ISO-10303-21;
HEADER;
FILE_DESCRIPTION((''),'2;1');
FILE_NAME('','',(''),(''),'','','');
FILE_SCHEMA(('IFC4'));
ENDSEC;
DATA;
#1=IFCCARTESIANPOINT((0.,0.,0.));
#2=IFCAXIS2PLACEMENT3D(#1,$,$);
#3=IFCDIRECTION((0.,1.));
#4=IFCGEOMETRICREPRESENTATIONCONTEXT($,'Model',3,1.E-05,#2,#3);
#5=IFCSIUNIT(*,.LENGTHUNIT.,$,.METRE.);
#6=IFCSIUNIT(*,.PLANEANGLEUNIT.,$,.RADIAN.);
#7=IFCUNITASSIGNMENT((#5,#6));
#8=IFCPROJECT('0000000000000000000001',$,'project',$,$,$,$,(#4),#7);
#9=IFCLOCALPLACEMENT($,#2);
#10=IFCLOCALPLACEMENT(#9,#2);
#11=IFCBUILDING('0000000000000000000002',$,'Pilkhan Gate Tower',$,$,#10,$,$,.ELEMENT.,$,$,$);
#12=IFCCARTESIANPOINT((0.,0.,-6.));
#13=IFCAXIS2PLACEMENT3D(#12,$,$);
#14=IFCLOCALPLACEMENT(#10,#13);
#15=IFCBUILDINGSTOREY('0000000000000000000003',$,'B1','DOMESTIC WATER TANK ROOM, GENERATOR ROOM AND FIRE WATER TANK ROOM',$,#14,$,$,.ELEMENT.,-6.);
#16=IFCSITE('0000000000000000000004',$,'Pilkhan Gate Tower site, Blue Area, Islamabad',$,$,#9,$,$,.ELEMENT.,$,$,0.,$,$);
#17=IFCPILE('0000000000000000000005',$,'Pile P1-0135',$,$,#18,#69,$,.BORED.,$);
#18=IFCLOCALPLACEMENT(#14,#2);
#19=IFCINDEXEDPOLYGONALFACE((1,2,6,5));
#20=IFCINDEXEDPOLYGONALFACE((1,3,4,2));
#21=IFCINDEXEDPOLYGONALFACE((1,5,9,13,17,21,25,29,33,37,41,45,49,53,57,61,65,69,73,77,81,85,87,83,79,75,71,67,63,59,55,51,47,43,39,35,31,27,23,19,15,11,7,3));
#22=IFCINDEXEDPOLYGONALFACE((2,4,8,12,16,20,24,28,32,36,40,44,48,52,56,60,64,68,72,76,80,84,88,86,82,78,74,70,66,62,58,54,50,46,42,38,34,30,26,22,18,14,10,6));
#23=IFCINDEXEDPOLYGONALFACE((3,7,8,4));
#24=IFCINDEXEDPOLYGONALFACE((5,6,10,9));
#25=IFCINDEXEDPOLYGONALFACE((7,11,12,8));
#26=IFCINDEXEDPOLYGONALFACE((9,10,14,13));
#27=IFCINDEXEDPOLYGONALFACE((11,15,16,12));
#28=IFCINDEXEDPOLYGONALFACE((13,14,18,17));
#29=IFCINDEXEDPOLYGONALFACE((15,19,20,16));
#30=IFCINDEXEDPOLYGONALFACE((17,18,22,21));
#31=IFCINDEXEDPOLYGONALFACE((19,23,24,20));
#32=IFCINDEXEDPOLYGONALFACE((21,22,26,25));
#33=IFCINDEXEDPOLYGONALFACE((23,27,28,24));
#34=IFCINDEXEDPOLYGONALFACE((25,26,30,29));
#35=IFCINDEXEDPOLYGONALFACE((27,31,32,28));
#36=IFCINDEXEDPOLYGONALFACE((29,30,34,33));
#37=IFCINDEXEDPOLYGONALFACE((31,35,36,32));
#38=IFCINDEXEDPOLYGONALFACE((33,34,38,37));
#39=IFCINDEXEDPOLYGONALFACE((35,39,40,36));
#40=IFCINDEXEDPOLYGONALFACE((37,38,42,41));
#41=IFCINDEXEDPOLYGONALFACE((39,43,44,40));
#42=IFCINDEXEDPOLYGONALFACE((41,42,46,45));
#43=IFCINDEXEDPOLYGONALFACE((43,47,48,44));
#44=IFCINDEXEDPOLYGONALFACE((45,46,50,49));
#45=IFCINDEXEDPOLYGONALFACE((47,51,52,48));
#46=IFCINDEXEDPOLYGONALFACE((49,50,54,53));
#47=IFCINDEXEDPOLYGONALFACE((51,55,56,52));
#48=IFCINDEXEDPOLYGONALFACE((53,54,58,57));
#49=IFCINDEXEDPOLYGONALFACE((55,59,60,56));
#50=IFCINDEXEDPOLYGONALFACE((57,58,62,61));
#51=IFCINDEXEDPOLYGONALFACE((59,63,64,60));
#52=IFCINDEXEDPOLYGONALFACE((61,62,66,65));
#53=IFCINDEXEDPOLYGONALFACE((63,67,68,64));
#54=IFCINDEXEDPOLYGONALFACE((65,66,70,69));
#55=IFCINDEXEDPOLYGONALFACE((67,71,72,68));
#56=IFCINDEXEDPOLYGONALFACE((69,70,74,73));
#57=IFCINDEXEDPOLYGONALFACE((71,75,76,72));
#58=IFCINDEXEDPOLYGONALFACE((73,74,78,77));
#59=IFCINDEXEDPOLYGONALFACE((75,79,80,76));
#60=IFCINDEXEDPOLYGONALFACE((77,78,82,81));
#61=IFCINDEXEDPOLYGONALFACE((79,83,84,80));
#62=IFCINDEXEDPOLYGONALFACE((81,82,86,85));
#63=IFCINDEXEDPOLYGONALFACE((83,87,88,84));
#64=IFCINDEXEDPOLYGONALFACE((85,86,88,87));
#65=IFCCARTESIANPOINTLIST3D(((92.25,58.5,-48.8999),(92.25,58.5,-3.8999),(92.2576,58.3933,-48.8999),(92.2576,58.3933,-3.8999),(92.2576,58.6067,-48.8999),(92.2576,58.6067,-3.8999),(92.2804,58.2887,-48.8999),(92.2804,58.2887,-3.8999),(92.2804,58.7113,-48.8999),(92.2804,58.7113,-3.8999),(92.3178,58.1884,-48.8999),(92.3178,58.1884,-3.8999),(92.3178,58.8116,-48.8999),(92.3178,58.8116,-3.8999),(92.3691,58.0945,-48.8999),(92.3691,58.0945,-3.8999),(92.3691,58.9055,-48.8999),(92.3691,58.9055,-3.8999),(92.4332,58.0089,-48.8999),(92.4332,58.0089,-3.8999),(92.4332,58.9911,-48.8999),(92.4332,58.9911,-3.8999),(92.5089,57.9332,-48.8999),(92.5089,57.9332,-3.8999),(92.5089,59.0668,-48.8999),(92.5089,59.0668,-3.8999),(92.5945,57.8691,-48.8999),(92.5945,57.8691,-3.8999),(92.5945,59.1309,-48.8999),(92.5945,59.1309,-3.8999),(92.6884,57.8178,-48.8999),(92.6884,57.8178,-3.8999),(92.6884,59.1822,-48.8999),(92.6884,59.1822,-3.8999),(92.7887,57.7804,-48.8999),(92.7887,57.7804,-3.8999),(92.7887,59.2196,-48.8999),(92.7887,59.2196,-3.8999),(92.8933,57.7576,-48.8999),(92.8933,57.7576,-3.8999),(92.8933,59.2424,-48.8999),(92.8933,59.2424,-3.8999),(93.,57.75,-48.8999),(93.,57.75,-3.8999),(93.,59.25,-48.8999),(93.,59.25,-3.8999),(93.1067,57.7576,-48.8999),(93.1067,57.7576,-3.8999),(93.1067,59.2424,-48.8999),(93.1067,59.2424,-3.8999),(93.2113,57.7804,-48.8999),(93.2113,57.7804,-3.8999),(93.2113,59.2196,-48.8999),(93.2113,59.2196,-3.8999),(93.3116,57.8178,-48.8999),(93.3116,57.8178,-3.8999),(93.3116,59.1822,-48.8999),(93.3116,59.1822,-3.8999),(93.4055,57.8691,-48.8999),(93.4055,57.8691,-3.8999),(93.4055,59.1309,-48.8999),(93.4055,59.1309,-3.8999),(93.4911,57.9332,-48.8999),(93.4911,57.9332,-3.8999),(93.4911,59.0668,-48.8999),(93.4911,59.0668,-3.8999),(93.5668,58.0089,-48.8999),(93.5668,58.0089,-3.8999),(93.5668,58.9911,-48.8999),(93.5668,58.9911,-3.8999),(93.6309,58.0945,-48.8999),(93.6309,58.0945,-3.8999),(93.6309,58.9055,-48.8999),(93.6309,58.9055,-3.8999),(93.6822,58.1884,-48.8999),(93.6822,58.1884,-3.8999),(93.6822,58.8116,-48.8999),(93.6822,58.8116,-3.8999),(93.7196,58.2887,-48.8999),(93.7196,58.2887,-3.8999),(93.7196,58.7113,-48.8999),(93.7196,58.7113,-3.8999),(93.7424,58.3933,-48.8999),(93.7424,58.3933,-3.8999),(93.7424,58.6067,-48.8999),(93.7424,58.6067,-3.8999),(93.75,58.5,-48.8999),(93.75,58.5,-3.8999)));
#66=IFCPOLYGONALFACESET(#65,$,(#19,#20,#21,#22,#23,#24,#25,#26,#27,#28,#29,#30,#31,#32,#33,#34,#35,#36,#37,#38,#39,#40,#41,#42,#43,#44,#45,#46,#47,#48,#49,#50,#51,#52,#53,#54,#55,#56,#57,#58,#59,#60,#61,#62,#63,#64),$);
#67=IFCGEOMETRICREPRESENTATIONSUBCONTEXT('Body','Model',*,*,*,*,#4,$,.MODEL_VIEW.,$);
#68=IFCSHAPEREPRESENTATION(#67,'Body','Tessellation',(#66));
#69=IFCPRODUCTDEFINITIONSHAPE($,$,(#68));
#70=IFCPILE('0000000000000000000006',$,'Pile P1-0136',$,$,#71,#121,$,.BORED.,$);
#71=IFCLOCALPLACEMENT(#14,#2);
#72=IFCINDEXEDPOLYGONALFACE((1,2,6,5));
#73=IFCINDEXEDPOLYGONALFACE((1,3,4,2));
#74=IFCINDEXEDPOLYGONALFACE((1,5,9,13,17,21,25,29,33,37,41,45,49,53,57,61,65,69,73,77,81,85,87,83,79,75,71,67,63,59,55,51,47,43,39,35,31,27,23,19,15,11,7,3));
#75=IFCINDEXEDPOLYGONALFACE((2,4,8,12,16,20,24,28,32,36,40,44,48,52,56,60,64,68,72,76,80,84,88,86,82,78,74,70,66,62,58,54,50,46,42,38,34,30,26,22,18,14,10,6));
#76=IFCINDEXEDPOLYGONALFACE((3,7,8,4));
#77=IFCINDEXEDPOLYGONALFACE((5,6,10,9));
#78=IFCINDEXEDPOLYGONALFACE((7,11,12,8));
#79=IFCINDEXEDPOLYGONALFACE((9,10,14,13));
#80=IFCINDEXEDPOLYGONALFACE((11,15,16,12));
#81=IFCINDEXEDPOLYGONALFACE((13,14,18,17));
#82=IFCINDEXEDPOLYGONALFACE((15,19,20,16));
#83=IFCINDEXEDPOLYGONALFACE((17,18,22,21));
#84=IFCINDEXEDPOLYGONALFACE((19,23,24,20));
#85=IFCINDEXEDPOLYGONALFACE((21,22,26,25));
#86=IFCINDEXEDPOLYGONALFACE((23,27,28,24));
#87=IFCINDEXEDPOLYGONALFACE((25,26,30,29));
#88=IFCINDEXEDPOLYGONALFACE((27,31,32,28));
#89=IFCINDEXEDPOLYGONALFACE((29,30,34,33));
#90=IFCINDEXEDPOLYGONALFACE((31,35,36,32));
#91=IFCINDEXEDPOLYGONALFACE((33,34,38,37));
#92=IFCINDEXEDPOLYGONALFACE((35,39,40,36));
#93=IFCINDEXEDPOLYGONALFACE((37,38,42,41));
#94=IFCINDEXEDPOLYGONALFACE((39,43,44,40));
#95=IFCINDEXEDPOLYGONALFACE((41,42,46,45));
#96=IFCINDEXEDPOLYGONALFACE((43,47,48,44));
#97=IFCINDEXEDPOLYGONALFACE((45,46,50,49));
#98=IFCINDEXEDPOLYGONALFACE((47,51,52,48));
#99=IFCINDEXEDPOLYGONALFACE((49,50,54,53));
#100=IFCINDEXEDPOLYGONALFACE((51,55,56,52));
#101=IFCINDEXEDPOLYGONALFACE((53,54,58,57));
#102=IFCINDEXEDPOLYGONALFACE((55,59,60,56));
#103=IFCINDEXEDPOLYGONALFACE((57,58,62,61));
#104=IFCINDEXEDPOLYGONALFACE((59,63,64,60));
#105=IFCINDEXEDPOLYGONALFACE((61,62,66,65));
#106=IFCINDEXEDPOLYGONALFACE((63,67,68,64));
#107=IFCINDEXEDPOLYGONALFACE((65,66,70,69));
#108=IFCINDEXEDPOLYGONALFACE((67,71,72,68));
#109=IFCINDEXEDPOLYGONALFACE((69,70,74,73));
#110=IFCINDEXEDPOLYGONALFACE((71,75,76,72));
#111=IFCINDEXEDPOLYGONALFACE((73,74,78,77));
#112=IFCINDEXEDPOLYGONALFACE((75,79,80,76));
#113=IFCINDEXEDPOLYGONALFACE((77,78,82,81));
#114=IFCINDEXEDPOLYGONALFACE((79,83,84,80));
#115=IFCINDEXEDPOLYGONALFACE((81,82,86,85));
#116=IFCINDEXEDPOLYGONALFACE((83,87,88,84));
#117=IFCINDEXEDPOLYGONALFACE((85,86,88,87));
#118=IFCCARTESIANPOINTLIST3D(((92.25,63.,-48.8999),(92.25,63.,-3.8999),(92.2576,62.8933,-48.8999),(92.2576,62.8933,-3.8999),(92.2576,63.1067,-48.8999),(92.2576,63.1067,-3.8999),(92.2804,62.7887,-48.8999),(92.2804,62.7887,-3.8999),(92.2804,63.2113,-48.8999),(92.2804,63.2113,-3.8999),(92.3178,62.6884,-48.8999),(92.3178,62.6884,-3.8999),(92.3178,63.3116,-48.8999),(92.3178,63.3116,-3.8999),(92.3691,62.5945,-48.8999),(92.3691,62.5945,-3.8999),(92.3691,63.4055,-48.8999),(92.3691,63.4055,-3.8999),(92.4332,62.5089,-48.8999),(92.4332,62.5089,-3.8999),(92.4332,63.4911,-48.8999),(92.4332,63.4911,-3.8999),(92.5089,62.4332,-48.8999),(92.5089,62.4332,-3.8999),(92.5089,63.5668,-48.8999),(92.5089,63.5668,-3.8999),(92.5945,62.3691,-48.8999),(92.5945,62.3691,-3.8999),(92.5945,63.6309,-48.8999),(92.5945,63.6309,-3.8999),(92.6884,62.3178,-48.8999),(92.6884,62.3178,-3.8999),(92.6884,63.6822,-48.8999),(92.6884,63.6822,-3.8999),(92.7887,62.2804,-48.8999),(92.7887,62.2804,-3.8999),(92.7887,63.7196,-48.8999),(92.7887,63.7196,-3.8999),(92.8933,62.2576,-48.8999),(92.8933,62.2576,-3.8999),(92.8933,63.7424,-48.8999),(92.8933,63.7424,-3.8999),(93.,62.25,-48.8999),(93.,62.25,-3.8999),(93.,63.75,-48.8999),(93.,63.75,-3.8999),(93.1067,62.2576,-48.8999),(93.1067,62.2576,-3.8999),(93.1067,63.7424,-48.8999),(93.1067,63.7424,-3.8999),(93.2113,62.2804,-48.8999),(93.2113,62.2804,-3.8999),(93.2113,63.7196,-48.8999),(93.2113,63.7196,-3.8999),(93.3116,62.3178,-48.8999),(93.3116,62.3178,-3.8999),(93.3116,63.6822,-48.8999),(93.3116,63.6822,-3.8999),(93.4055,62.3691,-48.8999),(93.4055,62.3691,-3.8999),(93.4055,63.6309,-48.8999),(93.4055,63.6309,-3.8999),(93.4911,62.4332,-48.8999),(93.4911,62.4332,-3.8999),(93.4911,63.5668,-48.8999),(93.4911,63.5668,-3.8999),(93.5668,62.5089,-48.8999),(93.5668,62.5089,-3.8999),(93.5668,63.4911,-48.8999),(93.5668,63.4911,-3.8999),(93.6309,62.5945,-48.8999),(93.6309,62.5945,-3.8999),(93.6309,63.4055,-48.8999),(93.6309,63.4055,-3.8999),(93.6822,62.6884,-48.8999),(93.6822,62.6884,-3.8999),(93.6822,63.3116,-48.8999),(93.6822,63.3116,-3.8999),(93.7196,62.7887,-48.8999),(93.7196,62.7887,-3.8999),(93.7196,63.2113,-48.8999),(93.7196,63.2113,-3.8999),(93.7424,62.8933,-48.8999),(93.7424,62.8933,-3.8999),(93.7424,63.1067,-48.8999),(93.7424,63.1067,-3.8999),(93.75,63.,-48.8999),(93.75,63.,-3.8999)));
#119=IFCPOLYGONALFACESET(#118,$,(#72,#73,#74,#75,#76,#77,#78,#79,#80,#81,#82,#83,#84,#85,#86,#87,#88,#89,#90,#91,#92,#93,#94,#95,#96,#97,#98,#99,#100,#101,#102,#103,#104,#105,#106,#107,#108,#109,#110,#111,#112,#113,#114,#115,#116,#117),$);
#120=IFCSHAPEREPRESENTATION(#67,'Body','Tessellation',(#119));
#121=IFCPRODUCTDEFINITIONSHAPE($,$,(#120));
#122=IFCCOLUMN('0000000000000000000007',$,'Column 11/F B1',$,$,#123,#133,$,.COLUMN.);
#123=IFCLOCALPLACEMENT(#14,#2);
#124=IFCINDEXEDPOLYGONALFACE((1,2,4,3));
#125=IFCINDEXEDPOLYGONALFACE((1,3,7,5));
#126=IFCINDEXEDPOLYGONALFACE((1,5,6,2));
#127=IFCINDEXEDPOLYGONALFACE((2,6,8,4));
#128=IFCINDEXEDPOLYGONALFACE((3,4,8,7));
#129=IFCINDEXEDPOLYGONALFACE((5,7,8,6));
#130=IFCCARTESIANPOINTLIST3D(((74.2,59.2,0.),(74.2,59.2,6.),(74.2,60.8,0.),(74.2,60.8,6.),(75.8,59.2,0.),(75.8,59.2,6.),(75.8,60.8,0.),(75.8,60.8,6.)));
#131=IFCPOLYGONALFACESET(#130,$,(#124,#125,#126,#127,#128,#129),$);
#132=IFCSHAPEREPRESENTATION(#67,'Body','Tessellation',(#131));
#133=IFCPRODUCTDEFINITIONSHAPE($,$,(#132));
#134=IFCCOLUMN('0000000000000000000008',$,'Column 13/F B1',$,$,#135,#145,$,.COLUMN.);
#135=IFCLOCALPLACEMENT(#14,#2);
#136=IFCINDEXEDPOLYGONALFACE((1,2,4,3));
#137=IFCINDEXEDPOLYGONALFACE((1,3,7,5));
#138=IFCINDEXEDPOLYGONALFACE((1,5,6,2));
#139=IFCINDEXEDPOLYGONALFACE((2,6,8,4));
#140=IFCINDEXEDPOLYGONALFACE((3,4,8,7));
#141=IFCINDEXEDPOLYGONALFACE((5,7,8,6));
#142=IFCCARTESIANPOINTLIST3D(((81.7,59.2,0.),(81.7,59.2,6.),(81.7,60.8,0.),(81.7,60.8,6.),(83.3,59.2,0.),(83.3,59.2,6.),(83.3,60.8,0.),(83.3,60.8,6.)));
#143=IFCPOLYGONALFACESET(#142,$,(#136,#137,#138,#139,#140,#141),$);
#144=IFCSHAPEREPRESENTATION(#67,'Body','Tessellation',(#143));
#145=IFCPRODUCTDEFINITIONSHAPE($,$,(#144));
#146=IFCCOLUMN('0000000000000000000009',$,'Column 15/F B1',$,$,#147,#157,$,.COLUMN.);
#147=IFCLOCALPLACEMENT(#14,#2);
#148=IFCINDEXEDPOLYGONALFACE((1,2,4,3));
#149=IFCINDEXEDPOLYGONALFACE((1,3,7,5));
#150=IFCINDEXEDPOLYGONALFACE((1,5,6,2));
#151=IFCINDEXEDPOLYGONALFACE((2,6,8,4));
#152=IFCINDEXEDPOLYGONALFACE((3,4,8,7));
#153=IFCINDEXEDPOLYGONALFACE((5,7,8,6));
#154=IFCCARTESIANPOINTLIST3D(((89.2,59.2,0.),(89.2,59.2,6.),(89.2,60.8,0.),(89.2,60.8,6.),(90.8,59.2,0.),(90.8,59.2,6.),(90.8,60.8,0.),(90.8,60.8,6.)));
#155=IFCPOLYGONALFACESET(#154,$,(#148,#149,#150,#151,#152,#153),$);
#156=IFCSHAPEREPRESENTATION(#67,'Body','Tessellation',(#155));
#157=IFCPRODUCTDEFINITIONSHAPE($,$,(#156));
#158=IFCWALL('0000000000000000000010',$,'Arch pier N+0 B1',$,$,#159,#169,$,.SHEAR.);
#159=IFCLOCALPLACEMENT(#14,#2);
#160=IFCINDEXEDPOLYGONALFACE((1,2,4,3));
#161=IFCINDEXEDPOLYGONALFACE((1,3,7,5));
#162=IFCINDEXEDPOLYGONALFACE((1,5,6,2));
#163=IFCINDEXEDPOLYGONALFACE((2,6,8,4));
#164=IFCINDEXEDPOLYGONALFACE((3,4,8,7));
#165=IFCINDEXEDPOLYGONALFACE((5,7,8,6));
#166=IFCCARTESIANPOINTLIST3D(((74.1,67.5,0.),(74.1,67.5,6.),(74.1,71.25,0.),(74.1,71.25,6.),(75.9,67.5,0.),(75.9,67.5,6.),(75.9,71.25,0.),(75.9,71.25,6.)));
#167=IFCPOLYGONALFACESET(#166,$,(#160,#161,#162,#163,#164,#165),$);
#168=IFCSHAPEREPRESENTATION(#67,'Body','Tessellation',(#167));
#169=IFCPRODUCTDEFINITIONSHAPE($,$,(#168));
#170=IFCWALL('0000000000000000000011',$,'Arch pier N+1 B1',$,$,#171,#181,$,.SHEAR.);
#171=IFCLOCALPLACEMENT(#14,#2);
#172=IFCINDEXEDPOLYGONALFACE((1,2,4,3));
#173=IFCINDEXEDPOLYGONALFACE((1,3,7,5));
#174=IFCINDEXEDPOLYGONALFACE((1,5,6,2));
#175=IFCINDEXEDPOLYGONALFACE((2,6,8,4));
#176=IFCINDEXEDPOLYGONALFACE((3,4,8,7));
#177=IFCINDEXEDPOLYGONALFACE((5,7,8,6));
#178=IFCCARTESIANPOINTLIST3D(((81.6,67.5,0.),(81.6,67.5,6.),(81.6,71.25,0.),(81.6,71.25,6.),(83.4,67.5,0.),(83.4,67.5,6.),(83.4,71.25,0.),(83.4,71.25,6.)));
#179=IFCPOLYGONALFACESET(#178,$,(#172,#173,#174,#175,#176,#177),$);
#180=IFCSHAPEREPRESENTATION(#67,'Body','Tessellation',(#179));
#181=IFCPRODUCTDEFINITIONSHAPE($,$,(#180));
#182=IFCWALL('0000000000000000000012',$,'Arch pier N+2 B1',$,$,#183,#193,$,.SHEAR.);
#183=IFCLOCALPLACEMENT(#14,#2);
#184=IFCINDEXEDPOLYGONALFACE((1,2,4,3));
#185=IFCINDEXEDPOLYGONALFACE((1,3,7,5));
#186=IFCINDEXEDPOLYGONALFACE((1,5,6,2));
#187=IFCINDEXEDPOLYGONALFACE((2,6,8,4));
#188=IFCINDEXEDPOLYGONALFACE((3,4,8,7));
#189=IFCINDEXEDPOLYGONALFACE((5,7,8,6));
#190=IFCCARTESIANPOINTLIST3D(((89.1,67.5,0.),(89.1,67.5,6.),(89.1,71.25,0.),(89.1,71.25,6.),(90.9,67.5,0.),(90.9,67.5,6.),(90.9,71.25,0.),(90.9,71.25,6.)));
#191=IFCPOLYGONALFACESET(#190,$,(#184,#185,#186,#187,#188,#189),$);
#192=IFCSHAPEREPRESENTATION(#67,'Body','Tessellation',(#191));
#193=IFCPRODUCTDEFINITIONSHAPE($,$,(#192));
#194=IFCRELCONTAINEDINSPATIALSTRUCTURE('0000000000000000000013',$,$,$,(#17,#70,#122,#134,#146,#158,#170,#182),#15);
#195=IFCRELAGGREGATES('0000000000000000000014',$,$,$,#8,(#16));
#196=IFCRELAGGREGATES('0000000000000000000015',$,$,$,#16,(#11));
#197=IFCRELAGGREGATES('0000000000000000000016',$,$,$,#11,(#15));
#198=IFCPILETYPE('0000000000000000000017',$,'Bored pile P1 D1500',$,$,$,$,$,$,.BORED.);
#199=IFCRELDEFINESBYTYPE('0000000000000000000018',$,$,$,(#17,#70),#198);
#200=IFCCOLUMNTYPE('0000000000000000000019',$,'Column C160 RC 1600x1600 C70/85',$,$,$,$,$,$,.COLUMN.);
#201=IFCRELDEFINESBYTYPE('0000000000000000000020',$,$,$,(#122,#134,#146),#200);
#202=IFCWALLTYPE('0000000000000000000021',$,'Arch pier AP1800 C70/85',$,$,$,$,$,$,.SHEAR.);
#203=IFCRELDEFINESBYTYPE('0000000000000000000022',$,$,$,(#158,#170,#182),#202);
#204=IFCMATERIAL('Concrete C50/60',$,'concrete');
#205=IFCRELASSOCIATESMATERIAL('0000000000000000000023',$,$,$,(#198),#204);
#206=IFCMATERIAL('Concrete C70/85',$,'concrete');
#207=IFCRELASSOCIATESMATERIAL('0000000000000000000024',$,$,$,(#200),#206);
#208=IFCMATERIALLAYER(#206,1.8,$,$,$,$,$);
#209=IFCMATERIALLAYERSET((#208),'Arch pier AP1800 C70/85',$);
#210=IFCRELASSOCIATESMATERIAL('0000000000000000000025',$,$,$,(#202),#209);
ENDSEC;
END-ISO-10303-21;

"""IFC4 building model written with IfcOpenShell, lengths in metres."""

from ifc_helpers import new_model, si_unit, direction, frame, frame_2d, origin, origin_2d, place, context, subcontext, project, spatial, rectangle, circle, extrude, material, layer, layer_set, material_profile, profile_set, type_object, element, save


model = new_model("IFC4")

# Units and contexts
model_context = context("Model", 3, precision=1e-05, world=origin(), true_north=direction((0.0, 1.0)))
body_context = subcontext(model_context, "Body", "Model", "MODEL_VIEW")
ifc_project = project(units=[si_unit("LENGTHUNIT", "METRE"), si_unit("PLANEANGLEUNIT", "RADIAN")], contexts=[model_context])

# Site, building, storey
site_placement = place(None, origin())
site = spatial("IfcSite", under=ifc_project, at=site_placement, Name="Pilkhan Gate Tower site, Blue Area, Islamabad", CompositionType="ELEMENT", RefElevation=0.0)
building_placement = place(site_placement, origin())
building = spatial("IfcBuilding", under=site, at=building_placement, Name="Pilkhan Gate Tower", CompositionType="ELEMENT")
storey_placement = place(building_placement, frame((0.0, 0.0, -6.0)))
storey = spatial("IfcBuildingStorey", under=building, at=storey_placement, Name="B1", Description="DOMESTIC WATER TANK ROOM, GENERATOR ROOM AND FIRE WATER TANK ROOM", CompositionType="ELEMENT", Elevation=-6.0)

# Piles
ifc_material_1 = material(Name="Concrete C50/60", Category="concrete")
ifc_material_profile_1 = material_profile(ifc_material_1, circle(Radius=0.75, at=origin_2d()), Name="Bored pile 1500 dia")
ifc_profile_set_1 = profile_set([ifc_material_profile_1], Name="Concrete C50/60")
pile_type = type_object("IfcPileType", Name="Bored pile P1 D1500", PredefinedType="BORED", material=ifc_profile_set_1)
for number, where, z_axis, x_axis, name in (
    (1, (93.0, 58.5, -3.8999), (0.0, 0.0, -1.0), (1.0, 0.0, 0.0), "Pile P1-0135"),
    (2, (93.0, 63.0, -3.8999), (0.0, 0.0, -1.0), (1.0, 0.0, 0.0), "Pile P1-0136"),
):
    element("IfcPile", number, at=place(storey_placement, frame(where, z_axis=z_axis, x_axis=x_axis)), inside=storey, type_object=pile_type, Name=name, PredefinedType="BORED", context=body_context, shape_type="SweptSolid", body=[
        extrude(circle(Radius=0.75, at=origin_2d()), origin(), (0.0, 0.0, 1.0), 45.0),
    ])

# Columns
ifc_material_2 = material(Name="Concrete C70/85", Category="concrete")
ifc_material_profile_2 = material_profile(ifc_material_2, rectangle(XDim=1.6001, YDim=1.6001, at=origin_2d()), Name="RC 1600x1600")
ifc_profile_set_2 = profile_set([ifc_material_profile_2], Name="Concrete C70/85")
column_type = type_object("IfcColumnType", Name="Column C160 RC 1600x1600 C70/85", PredefinedType="COLUMN", material=ifc_profile_set_2)
for number, where, z_axis, x_axis, name in (
    (3, (75.0, 60.0, 0.0), (0.0, 0.0, 1.0), (1.0, 0.0, 0.0), "Column 11/F B1"),
    (4, (82.5, 60.0, 0.0), (0.0, 0.0, 1.0), (1.0, 0.0, 0.0), "Column 13/F B1"),
    (5, (90.0, 60.0, 0.0), (0.0, 0.0, 1.0), (1.0, 0.0, 0.0), "Column 15/F B1"),
):
    element("IfcColumn", number, at=place(storey_placement, frame(where, z_axis=z_axis, x_axis=x_axis)), inside=storey, type_object=column_type, Name=name, PredefinedType="COLUMN", context=body_context, shape_type="SweptSolid", body=[
        extrude(rectangle(XDim=1.6001, YDim=1.6001, at=origin_2d()), origin(), (0.0, 0.0, 1.0), 6.0),
    ])

# Walls
ifc_layer_1 = layer(ifc_material_2, 1.8)
ifc_layer_set_1 = layer_set([ifc_layer_1], Name="Arch pier AP1800 C70/85")
wall_type_1 = type_object("IfcWallType", Name="Arch pier AP1800 C70/85", PredefinedType="SHEAR", material=ifc_layer_set_1)
for number, where, z_axis, x_axis, name in (
    (6, (75.0, 67.5, 0.0), (0.0, 0.0, 1.0), (0.0, 1.0, 0.0), "Arch pier N+0 B1"),
    (7, (82.5, 67.5, 0.0), (0.0, 0.0, 1.0), (0.0, 1.0, 0.0), "Arch pier N+1 B1"),
    (8, (90.0, 67.5, 0.0), (0.0, 0.0, 1.0), (0.0, 1.0, 0.0), "Arch pier N+2 B1"),
):
    element("IfcWall", number, at=place(storey_placement, frame(where, z_axis=z_axis, x_axis=x_axis)), inside=storey, type_object=wall_type_1, Name=name, PredefinedType="SHEAR", context=body_context, shape_type="SweptSolid", body=[
        extrude(rectangle(XDim=3.75, YDim=1.8, at=frame_2d((1.875, 0.0))), origin(), (0.0, 0.0, 1.0), 6.0),
    ])

save(model, "model.ifc")
